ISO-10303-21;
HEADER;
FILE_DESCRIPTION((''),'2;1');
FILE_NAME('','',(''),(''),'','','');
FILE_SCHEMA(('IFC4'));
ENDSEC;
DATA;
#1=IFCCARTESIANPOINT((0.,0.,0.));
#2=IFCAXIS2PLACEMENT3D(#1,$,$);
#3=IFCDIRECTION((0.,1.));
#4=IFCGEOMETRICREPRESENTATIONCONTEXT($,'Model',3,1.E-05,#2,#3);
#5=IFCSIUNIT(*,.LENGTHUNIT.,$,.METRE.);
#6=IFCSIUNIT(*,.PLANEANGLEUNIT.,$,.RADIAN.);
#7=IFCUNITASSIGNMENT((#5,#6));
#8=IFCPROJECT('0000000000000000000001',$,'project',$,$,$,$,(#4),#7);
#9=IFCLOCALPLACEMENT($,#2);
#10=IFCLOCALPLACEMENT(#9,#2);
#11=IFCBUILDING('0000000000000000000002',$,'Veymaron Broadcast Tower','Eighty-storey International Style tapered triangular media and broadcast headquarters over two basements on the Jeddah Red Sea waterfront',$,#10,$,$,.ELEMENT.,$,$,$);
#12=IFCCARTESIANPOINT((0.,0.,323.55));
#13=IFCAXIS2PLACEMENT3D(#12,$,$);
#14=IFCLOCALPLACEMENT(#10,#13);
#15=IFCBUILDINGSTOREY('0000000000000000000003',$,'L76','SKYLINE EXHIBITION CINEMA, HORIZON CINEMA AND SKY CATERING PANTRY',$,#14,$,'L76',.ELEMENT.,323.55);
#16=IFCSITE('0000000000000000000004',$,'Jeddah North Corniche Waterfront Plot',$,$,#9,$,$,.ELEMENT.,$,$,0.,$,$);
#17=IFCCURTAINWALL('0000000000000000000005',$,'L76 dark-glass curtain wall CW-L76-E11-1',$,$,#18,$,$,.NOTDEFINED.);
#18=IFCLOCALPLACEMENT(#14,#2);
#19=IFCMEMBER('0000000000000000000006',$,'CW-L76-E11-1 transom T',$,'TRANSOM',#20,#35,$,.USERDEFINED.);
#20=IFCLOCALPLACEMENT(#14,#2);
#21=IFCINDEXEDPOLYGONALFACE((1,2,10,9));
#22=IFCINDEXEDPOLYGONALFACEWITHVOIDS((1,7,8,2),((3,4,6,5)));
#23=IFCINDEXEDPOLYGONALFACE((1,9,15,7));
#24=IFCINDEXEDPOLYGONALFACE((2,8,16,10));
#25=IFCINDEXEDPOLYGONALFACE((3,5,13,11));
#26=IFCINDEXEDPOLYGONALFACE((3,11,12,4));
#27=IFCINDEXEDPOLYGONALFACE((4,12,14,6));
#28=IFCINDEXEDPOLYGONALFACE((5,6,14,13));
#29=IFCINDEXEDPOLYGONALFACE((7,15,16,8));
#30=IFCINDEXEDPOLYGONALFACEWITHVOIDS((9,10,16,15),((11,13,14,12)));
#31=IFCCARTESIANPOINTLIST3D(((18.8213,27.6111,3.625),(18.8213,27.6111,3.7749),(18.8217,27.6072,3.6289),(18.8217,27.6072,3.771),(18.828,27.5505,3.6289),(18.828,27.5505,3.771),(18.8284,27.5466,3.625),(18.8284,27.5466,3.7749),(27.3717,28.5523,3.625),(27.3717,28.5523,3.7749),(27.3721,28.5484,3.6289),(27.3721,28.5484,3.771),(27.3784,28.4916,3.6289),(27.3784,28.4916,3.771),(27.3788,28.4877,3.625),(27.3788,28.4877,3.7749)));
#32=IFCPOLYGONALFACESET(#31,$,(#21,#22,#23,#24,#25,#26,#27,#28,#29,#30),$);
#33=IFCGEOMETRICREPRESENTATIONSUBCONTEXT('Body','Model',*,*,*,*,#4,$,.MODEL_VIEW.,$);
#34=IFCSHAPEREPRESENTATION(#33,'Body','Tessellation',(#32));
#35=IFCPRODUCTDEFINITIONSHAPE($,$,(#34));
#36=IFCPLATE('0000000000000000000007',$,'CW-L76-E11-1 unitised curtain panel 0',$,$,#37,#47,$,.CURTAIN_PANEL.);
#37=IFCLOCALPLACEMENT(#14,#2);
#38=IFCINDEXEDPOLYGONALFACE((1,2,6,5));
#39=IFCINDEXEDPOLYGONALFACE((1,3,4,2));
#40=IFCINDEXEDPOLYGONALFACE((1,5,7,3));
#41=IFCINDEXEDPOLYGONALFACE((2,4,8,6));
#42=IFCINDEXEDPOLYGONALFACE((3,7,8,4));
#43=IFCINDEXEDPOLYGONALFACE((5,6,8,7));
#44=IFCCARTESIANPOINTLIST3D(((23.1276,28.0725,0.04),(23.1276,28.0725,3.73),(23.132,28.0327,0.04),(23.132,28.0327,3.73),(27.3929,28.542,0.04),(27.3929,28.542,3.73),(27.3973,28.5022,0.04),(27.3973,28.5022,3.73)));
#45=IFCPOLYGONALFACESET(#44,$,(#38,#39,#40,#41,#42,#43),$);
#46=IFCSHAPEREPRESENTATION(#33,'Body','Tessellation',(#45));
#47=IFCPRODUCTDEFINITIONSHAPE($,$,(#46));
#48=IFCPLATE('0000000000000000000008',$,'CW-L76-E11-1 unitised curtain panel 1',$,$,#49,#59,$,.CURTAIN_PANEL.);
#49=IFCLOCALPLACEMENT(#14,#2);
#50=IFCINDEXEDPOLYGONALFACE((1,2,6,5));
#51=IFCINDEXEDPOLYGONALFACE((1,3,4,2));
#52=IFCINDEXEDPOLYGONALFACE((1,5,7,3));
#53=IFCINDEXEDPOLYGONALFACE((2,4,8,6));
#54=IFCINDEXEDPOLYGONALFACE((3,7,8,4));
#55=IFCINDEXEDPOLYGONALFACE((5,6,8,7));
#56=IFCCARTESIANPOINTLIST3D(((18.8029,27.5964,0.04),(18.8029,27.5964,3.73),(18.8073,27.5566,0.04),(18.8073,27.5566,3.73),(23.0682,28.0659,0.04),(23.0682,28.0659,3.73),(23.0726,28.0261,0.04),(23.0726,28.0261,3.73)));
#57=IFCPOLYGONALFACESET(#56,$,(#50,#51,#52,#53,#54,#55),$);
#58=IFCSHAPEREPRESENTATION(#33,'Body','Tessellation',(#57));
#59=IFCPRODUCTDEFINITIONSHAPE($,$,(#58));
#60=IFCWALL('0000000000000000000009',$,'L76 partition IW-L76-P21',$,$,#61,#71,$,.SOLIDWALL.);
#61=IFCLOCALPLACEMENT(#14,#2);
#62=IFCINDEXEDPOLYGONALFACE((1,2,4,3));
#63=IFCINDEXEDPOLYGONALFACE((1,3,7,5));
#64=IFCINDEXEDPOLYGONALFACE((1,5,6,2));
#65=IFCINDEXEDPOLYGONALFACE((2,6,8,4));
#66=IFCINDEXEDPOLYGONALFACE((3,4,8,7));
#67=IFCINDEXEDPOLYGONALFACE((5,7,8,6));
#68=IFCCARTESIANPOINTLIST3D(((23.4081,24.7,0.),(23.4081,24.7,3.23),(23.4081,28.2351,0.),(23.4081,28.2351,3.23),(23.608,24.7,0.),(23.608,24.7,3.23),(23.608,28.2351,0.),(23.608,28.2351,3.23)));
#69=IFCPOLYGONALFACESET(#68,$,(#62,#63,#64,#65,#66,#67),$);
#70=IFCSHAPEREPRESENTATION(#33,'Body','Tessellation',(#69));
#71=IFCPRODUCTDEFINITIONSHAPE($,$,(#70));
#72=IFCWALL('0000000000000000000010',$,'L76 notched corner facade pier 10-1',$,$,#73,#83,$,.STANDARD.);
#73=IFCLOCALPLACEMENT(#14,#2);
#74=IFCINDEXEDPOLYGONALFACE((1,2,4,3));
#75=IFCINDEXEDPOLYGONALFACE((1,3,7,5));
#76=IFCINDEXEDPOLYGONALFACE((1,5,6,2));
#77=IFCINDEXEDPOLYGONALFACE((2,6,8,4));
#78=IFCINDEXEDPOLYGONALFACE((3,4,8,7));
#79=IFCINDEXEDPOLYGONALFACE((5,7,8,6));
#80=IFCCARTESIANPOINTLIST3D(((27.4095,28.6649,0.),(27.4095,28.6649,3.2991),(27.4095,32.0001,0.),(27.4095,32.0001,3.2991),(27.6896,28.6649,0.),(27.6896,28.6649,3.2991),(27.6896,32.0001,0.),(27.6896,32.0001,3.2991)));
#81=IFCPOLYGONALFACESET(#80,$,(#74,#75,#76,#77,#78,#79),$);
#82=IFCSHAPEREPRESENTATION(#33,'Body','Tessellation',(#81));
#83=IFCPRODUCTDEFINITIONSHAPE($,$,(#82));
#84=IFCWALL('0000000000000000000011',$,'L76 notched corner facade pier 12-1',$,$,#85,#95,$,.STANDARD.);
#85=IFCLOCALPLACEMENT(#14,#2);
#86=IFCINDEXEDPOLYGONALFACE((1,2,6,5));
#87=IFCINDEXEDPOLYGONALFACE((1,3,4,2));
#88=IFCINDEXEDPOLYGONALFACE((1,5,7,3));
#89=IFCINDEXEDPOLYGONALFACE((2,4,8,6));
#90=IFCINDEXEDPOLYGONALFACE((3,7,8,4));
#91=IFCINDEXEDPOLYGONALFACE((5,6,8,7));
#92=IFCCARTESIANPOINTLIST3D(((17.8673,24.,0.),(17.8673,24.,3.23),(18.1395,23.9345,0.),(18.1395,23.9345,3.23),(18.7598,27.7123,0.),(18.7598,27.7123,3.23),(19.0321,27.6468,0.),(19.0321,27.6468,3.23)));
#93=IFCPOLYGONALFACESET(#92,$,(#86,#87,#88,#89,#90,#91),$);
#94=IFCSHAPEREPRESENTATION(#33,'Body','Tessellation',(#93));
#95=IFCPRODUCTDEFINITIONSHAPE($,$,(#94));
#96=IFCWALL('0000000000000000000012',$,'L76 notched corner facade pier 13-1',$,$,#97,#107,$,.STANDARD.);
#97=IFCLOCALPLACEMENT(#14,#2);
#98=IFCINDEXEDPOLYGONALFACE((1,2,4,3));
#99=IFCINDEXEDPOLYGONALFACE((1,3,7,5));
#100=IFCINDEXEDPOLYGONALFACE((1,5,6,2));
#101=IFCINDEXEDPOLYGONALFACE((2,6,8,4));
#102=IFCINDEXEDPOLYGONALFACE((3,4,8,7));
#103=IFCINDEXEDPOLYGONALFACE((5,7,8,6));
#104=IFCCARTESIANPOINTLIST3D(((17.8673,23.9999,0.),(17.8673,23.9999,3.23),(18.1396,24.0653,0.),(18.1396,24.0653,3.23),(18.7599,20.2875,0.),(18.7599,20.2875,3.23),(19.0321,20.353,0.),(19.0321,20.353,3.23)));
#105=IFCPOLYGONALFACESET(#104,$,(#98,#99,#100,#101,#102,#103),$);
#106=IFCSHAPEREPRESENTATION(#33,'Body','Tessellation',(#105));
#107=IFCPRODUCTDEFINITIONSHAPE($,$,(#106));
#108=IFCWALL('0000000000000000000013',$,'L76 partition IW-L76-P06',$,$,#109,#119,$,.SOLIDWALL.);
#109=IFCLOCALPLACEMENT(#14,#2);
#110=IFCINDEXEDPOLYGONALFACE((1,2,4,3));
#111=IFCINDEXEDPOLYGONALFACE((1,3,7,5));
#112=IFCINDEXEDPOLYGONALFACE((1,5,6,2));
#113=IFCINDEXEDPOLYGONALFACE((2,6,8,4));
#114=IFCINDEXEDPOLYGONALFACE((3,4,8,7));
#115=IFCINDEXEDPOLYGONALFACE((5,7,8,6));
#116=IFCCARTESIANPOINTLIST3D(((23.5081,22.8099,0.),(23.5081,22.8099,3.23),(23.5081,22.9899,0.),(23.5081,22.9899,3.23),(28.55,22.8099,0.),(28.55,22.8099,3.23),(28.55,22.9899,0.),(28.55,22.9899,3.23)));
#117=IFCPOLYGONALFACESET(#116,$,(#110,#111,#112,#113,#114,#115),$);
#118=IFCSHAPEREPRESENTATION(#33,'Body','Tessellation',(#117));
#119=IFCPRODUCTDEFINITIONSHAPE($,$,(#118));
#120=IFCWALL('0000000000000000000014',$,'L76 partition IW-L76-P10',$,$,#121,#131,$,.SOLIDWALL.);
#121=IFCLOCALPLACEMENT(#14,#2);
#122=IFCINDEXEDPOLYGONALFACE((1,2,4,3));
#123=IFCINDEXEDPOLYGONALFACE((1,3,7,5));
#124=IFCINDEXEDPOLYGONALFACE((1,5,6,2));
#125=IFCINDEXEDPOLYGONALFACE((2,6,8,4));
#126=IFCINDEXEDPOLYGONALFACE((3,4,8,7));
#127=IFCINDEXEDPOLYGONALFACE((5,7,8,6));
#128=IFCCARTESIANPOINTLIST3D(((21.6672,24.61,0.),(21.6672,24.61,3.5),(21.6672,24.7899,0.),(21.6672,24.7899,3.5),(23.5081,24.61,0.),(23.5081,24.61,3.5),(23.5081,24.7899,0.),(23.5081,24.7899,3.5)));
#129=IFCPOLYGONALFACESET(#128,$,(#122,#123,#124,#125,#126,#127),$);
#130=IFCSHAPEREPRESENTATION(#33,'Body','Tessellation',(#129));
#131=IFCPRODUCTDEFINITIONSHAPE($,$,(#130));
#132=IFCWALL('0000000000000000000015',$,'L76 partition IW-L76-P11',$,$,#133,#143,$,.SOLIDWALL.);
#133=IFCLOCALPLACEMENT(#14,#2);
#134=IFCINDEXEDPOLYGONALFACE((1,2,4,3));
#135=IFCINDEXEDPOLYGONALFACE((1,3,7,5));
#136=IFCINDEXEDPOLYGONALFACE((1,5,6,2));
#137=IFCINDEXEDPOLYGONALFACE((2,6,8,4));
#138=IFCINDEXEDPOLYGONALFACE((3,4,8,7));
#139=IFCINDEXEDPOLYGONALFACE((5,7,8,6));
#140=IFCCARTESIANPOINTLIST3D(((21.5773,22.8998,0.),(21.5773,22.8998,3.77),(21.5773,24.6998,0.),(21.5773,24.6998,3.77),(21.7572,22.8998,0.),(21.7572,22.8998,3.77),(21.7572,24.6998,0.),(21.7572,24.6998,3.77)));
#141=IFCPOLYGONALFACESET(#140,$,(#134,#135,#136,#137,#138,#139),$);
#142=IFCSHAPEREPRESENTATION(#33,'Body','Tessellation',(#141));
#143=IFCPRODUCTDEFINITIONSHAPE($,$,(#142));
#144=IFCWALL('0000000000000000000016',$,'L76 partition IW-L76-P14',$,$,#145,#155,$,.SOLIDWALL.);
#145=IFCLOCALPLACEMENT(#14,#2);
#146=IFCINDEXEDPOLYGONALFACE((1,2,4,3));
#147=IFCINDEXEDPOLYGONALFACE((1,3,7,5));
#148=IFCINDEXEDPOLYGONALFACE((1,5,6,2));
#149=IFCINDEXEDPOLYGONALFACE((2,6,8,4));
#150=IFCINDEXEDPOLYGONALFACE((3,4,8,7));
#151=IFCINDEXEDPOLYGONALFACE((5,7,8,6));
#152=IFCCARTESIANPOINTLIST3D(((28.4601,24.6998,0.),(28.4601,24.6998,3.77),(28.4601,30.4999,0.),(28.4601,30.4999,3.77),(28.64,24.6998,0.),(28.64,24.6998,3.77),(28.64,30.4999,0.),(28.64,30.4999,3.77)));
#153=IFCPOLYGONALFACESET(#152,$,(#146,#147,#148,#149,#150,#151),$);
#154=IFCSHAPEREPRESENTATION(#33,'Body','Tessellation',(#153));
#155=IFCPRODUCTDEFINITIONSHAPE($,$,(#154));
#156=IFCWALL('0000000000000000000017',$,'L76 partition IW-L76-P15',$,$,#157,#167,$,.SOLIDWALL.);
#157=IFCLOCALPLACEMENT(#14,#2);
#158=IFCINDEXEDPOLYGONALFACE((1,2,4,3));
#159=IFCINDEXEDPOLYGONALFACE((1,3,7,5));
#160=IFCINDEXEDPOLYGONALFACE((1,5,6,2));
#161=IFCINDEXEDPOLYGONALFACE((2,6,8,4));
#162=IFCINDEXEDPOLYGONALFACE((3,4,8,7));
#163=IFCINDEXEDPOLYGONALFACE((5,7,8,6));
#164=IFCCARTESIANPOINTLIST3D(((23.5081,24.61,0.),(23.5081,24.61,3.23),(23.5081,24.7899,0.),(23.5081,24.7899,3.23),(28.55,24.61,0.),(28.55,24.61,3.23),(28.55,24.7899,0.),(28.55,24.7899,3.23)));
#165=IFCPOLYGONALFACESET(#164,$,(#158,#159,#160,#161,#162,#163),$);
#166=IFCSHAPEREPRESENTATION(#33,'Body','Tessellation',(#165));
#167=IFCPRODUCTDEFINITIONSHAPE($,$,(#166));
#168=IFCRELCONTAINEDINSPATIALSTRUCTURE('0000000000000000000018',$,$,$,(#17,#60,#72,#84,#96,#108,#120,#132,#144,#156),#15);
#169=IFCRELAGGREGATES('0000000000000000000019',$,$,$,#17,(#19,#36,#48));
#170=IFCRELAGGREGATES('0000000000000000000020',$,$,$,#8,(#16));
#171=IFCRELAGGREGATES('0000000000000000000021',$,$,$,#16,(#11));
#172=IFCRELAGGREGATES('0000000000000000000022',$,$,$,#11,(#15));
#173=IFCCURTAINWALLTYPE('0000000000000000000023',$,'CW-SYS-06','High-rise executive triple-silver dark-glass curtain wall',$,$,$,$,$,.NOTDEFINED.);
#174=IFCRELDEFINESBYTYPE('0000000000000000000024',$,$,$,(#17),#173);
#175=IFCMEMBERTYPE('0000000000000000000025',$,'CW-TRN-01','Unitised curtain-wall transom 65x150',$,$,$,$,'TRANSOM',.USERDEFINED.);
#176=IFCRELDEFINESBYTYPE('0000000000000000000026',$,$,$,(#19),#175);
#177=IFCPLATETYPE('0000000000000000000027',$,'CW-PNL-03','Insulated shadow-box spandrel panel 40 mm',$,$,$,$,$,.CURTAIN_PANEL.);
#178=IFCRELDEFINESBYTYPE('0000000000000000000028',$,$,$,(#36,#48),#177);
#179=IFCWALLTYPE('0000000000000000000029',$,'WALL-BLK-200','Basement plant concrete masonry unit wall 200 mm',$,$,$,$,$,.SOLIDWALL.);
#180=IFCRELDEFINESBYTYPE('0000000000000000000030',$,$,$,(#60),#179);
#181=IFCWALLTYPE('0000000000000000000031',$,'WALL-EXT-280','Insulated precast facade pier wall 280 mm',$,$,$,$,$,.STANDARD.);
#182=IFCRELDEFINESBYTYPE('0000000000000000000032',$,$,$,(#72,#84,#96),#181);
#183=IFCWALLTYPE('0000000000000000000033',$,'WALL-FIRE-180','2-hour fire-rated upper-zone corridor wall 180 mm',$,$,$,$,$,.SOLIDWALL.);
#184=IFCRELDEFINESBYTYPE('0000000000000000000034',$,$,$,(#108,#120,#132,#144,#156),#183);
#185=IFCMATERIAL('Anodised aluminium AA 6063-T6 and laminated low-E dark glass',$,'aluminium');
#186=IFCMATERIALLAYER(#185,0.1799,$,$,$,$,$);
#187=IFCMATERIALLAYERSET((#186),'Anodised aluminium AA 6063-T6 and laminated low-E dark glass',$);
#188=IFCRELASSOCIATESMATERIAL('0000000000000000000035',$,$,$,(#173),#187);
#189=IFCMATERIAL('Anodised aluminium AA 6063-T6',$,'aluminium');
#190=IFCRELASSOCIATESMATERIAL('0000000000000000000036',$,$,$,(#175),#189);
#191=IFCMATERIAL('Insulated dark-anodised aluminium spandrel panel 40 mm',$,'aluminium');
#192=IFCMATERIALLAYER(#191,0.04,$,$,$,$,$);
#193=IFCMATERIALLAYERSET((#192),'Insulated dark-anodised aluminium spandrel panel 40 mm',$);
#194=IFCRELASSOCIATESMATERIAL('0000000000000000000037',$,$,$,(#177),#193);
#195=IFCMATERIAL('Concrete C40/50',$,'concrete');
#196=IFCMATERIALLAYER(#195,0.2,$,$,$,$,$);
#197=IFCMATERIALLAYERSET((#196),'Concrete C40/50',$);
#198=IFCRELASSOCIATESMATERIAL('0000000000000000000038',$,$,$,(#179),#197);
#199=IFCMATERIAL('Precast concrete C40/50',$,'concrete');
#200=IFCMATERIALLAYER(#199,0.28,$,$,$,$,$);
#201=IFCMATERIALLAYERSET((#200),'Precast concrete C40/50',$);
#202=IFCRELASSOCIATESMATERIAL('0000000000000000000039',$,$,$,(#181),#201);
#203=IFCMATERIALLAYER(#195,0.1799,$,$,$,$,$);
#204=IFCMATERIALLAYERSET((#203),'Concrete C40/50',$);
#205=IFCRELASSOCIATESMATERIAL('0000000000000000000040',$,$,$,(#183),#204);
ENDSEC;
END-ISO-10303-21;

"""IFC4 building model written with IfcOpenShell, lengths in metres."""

from ifc_helpers import new_model, si_unit, direction, frame, frame_2d, origin, origin_2d, place, context, subcontext, project, spatial, rectangle, hollow_rectangle, extrude, material, layer, layer_set, material_profile, profile_set, type_object, element, aggregate, save


model = new_model("IFC4")

# Units and contexts
model_context = context("Model", 3, precision=1e-05, world=origin(), true_north=direction((0.0, 1.0)))
body_context = subcontext(model_context, "Body", "Model", "MODEL_VIEW")
ifc_project = project(units=[si_unit("LENGTHUNIT", "METRE"), si_unit("PLANEANGLEUNIT", "RADIAN")], contexts=[model_context])

# Site, building, storey
site_placement = place(None, origin())
site = spatial("IfcSite", under=ifc_project, at=site_placement, Name="Jeddah North Corniche Waterfront Plot", CompositionType="ELEMENT", RefElevation=0.0)
building_placement = place(site_placement, origin())
building = spatial("IfcBuilding", under=site, at=building_placement, Name="Veymaron Broadcast Tower", Description="Eighty-storey International Style tapered triangular media and broadcast headquarters over two basements on the Jeddah Red Sea waterfront", CompositionType="ELEMENT")
storey_placement = place(building_placement, frame((0.0, 0.0, 323.55)))
storey = spatial("IfcBuildingStorey", under=building, at=storey_placement, Name="L76", Description="SKYLINE EXHIBITION CINEMA, HORIZON CINEMA AND SKY CATERING PANTRY", LongName="L76", CompositionType="ELEMENT", Elevation=323.55)

# Curtain wall, member, plates
ifc_material_1 = material(Name="Anodised aluminium AA 6063-T6 and laminated low-E dark glass", Category="aluminium")
ifc_layer_1 = layer(ifc_material_1, 0.1799)
ifc_layer_set_1 = layer_set([ifc_layer_1], Name="Anodised aluminium AA 6063-T6 and laminated low-E dark glass")
curtain_wall_type = type_object("IfcCurtainWallType", Name="CW-SYS-06", Description="High-rise executive triple-silver dark-glass curtain wall", PredefinedType="NOTDEFINED", material=ifc_layer_set_1)
curtain_wall_placement = place(storey_placement, origin())
curtain_wall = element("IfcCurtainWall", 1, at=curtain_wall_placement, inside=storey, type_object=curtain_wall_type, Name="L76 dark-glass curtain wall CW-L76-E11-1", PredefinedType="NOTDEFINED")
ifc_material_2 = material(Name="Anodised aluminium AA 6063-T6", Category="aluminium")
ifc_material_profile_1 = material_profile(ifc_material_2, hollow_rectangle(XDim=0.0649, YDim=0.1499, WallThickness=0.0039, at=origin_2d()), Name="AL150X65X4")
ifc_profile_set_1 = profile_set([ifc_material_profile_1], Name="Anodised aluminium AA 6063-T6")
member_type_1 = type_object("IfcMemberType", Name="CW-TRN-01", Description="Unitised curtain-wall transom 65x150", ElementType="TRANSOM", PredefinedType="USERDEFINED", material=ifc_profile_set_1)
member_1_placement = place(storey_placement, frame((27.3752, 28.52, 3.7), z_axis=(-0.993996, -0.109413, 0.0), x_axis=(0.109413, -0.993996, 0.0)))
member_1 = element("IfcMember", 2, at=member_1_placement, type_object=member_type_1, Name="CW-L76-E11-1 transom T", ObjectType="TRANSOM", PredefinedType="USERDEFINED", context=body_context, shape_type="SweptSolid", body=[
    extrude(hollow_rectangle(XDim=0.0649, YDim=0.1499, WallThickness=0.0039, at=origin_2d()), origin(), (0.0, 0.0, 1.0), 8.6021),
])
ifc_material_3 = material(Name="Insulated dark-anodised aluminium spandrel panel 40 mm", Category="aluminium")
ifc_layer_2 = layer(ifc_material_3, 0.04)
ifc_layer_set_2 = layer_set([ifc_layer_2], Name="Insulated dark-anodised aluminium spandrel panel 40 mm")
plate_type = type_object("IfcPlateType", Name="CW-PNL-03", Description="Insulated shadow-box spandrel panel 40 mm", PredefinedType="CURTAIN_PANEL", material=ifc_layer_set_2)
plate_1_placement = place(storey_placement, frame((25.2625, 28.2874, 0.04), z_axis=(0.0, 0.0, 1.0), x_axis=(-0.993995, -0.109422, 0.0)))
plate_1 = element("IfcPlate", 3, at=plate_1_placement, type_object=plate_type, Name="CW-L76-E11-1 unitised curtain panel 0", PredefinedType="CURTAIN_PANEL", context=body_context, shape_type="SweptSolid", body=[
    extrude(rectangle(XDim=4.291, YDim=0.04, at=origin_2d()), origin(), (0.0, 0.0, 1.0), 3.6899),
])
plate_2_placement = place(storey_placement, frame((20.9377, 27.8113, 0.04), z_axis=(0.0, 0.0, 1.0), x_axis=(-0.993995, -0.109422, 0.0)))
plate_2 = element("IfcPlate", 4, at=plate_2_placement, type_object=plate_type, Name="CW-L76-E11-1 unitised curtain panel 1", PredefinedType="CURTAIN_PANEL", context=body_context, shape_type="SweptSolid", body=[
    extrude(rectangle(XDim=4.291, YDim=0.04, at=origin_2d()), origin(), (0.0, 0.0, 1.0), 3.6899),
])
aggregate(curtain_wall, [member_1, plate_1, plate_2])

# Walls
ifc_material_4 = material(Name="Concrete C40/50", Category="concrete")
ifc_layer_3 = layer(ifc_material_4, 0.2)
ifc_layer_set_3 = layer_set([ifc_layer_3], Name="Concrete C40/50")
wall_type_1 = type_object("IfcWallType", Name="WALL-BLK-200", Description="Basement plant concrete masonry unit wall 200 mm", PredefinedType="SOLIDWALL", material=ifc_layer_set_3)
wall_1_placement = place(storey_placement, frame((23.5081, 24.7, 0.0), z_axis=(0.0, 0.0, 1.0), x_axis=(0.0, 1.0, 0.0)))
element("IfcWall", 5, at=wall_1_placement, inside=storey, type_object=wall_type_1, Name="L76 partition IW-L76-P21", PredefinedType="SOLIDWALL", context=body_context, shape_type="SweptSolid", body=[
    extrude(rectangle(XDim=3.5352, YDim=0.2, at=frame_2d((1.7676, 0.0))), origin(), (0.0, 0.0, 1.0), 3.23),
])
ifc_material_5 = material(Name="Precast concrete C40/50", Category="concrete")
ifc_layer_4 = layer(ifc_material_5, 0.28)
ifc_layer_set_4 = layer_set([ifc_layer_4], Name="Precast concrete C40/50")
wall_type_2 = type_object("IfcWallType", Name="WALL-EXT-280", Description="Insulated precast facade pier wall 280 mm", PredefinedType="STANDARD", material=ifc_layer_set_4)
wall_2_placement = place(storey_placement, frame((27.5496, 32.0, 0.0), z_axis=(0.0, 0.0, 1.0), x_axis=(0.0, -1.0, 0.0)))
element("IfcWall", 6, at=wall_2_placement, inside=storey, type_object=wall_type_2, Name="L76 notched corner facade pier 10-1", PredefinedType="STANDARD", context=body_context, shape_type="SweptSolid", body=[
    extrude(rectangle(XDim=3.3352, YDim=0.28, at=frame_2d((1.6675, 0.0))), origin(), (0.0, 0.0, 1.0), 3.2991),
])
for number, where, z_axis, x_axis, name in (
    (7, (18.896, 27.6797, 0.0), (0.0, 0.0, 1.0), (-0.23377, -0.972292, 0.0), "L76 notched corner facade pier 12-1"),
    (8, (18.0034, 24.0327, 0.0), (0.0, 0.0, 1.0), (0.23377, -0.972292, 0.0), "L76 notched corner facade pier 13-1"),
):
    element("IfcWall", number, at=place(storey_placement, frame(where, z_axis=z_axis, x_axis=x_axis)), inside=storey, type_object=wall_type_2, Name=name, PredefinedType="STANDARD", context=body_context, shape_type="SweptSolid", body=[
        extrude(rectangle(XDim=3.8181, YDim=0.28, at=frame_2d((1.9092, 0.0))), origin(), (0.0, 0.0, 1.0), 3.23),
    ])

# Shared definitions
ifc_layer_5 = layer(ifc_material_4, 0.1799)
ifc_layer_set_5 = layer_set([ifc_layer_5], Name="Concrete C40/50")
wall_type_3 = type_object("IfcWallType", Name="WALL-FIRE-180", Description="2-hour fire-rated upper-zone corridor wall 180 mm", PredefinedType="SOLIDWALL", material=ifc_layer_set_5)

# Walls
wall_3_placement = place(storey_placement, frame((23.5081, 22.8999, 0.0), z_axis=(0.0, 0.0, 1.0), x_axis=(1.0, 0.0, 0.0)))
element("IfcWall", 9, at=wall_3_placement, inside=storey, type_object=wall_type_3, Name="L76 partition IW-L76-P06", PredefinedType="SOLIDWALL", context=body_context, shape_type="SweptSolid", body=[
    extrude(rectangle(XDim=5.042, YDim=0.1799, at=frame_2d((2.521, 0.0))), origin(), (0.0, 0.0, 1.0), 3.23),
])
wall_4_placement = place(storey_placement, frame((21.6672, 24.7, 0.0), z_axis=(0.0, 0.0, 1.0), x_axis=(1.0, 0.0, 0.0)))
element("IfcWall", 10, at=wall_4_placement, inside=storey, type_object=wall_type_3, Name="L76 partition IW-L76-P10", PredefinedType="SOLIDWALL", context=body_context, shape_type="SweptSolid", body=[
    extrude(rectangle(XDim=1.8408, YDim=0.1799, at=frame_2d((0.9204, 0.0))), origin(), (0.0, 0.0, 1.0), 3.5),
])
wall_5_placement = place(storey_placement, frame((21.6672, 22.8999, 0.0), z_axis=(0.0, 0.0, 1.0), x_axis=(0.0, 1.0, 0.0)))
element("IfcWall", 11, at=wall_5_placement, inside=storey, type_object=wall_type_3, Name="L76 partition IW-L76-P11", PredefinedType="SOLIDWALL", context=body_context, shape_type="SweptSolid", body=[
    extrude(rectangle(XDim=1.8, YDim=0.1799, at=frame_2d((0.8999, 0.0))), origin(), (0.0, 0.0, 1.0), 3.77),
])
wall_6_placement = place(storey_placement, frame((28.55, 24.7, 0.0), z_axis=(0.0, 0.0, 1.0), x_axis=(0.0, 1.0, 0.0)))
element("IfcWall", 12, at=wall_6_placement, inside=storey, type_object=wall_type_3, Name="L76 partition IW-L76-P14", PredefinedType="SOLIDWALL", context=body_context, shape_type="SweptSolid", body=[
    extrude(rectangle(XDim=5.8, YDim=0.1799, at=frame_2d((2.8999, 0.0))), origin(), (0.0, 0.0, 1.0), 3.77),
])
wall_7_placement = place(storey_placement, frame((23.5081, 24.7, 0.0), z_axis=(0.0, 0.0, 1.0), x_axis=(1.0, 0.0, 0.0)))
element("IfcWall", 13, at=wall_7_placement, inside=storey, type_object=wall_type_3, Name="L76 partition IW-L76-P15", PredefinedType="SOLIDWALL", context=body_context, shape_type="SweptSolid", body=[
    extrude(rectangle(XDim=5.042, YDim=0.1799, at=frame_2d((2.521, 0.0))), origin(), (0.0, 0.0, 1.0), 3.23),
])

save(model, "model.ifc")
